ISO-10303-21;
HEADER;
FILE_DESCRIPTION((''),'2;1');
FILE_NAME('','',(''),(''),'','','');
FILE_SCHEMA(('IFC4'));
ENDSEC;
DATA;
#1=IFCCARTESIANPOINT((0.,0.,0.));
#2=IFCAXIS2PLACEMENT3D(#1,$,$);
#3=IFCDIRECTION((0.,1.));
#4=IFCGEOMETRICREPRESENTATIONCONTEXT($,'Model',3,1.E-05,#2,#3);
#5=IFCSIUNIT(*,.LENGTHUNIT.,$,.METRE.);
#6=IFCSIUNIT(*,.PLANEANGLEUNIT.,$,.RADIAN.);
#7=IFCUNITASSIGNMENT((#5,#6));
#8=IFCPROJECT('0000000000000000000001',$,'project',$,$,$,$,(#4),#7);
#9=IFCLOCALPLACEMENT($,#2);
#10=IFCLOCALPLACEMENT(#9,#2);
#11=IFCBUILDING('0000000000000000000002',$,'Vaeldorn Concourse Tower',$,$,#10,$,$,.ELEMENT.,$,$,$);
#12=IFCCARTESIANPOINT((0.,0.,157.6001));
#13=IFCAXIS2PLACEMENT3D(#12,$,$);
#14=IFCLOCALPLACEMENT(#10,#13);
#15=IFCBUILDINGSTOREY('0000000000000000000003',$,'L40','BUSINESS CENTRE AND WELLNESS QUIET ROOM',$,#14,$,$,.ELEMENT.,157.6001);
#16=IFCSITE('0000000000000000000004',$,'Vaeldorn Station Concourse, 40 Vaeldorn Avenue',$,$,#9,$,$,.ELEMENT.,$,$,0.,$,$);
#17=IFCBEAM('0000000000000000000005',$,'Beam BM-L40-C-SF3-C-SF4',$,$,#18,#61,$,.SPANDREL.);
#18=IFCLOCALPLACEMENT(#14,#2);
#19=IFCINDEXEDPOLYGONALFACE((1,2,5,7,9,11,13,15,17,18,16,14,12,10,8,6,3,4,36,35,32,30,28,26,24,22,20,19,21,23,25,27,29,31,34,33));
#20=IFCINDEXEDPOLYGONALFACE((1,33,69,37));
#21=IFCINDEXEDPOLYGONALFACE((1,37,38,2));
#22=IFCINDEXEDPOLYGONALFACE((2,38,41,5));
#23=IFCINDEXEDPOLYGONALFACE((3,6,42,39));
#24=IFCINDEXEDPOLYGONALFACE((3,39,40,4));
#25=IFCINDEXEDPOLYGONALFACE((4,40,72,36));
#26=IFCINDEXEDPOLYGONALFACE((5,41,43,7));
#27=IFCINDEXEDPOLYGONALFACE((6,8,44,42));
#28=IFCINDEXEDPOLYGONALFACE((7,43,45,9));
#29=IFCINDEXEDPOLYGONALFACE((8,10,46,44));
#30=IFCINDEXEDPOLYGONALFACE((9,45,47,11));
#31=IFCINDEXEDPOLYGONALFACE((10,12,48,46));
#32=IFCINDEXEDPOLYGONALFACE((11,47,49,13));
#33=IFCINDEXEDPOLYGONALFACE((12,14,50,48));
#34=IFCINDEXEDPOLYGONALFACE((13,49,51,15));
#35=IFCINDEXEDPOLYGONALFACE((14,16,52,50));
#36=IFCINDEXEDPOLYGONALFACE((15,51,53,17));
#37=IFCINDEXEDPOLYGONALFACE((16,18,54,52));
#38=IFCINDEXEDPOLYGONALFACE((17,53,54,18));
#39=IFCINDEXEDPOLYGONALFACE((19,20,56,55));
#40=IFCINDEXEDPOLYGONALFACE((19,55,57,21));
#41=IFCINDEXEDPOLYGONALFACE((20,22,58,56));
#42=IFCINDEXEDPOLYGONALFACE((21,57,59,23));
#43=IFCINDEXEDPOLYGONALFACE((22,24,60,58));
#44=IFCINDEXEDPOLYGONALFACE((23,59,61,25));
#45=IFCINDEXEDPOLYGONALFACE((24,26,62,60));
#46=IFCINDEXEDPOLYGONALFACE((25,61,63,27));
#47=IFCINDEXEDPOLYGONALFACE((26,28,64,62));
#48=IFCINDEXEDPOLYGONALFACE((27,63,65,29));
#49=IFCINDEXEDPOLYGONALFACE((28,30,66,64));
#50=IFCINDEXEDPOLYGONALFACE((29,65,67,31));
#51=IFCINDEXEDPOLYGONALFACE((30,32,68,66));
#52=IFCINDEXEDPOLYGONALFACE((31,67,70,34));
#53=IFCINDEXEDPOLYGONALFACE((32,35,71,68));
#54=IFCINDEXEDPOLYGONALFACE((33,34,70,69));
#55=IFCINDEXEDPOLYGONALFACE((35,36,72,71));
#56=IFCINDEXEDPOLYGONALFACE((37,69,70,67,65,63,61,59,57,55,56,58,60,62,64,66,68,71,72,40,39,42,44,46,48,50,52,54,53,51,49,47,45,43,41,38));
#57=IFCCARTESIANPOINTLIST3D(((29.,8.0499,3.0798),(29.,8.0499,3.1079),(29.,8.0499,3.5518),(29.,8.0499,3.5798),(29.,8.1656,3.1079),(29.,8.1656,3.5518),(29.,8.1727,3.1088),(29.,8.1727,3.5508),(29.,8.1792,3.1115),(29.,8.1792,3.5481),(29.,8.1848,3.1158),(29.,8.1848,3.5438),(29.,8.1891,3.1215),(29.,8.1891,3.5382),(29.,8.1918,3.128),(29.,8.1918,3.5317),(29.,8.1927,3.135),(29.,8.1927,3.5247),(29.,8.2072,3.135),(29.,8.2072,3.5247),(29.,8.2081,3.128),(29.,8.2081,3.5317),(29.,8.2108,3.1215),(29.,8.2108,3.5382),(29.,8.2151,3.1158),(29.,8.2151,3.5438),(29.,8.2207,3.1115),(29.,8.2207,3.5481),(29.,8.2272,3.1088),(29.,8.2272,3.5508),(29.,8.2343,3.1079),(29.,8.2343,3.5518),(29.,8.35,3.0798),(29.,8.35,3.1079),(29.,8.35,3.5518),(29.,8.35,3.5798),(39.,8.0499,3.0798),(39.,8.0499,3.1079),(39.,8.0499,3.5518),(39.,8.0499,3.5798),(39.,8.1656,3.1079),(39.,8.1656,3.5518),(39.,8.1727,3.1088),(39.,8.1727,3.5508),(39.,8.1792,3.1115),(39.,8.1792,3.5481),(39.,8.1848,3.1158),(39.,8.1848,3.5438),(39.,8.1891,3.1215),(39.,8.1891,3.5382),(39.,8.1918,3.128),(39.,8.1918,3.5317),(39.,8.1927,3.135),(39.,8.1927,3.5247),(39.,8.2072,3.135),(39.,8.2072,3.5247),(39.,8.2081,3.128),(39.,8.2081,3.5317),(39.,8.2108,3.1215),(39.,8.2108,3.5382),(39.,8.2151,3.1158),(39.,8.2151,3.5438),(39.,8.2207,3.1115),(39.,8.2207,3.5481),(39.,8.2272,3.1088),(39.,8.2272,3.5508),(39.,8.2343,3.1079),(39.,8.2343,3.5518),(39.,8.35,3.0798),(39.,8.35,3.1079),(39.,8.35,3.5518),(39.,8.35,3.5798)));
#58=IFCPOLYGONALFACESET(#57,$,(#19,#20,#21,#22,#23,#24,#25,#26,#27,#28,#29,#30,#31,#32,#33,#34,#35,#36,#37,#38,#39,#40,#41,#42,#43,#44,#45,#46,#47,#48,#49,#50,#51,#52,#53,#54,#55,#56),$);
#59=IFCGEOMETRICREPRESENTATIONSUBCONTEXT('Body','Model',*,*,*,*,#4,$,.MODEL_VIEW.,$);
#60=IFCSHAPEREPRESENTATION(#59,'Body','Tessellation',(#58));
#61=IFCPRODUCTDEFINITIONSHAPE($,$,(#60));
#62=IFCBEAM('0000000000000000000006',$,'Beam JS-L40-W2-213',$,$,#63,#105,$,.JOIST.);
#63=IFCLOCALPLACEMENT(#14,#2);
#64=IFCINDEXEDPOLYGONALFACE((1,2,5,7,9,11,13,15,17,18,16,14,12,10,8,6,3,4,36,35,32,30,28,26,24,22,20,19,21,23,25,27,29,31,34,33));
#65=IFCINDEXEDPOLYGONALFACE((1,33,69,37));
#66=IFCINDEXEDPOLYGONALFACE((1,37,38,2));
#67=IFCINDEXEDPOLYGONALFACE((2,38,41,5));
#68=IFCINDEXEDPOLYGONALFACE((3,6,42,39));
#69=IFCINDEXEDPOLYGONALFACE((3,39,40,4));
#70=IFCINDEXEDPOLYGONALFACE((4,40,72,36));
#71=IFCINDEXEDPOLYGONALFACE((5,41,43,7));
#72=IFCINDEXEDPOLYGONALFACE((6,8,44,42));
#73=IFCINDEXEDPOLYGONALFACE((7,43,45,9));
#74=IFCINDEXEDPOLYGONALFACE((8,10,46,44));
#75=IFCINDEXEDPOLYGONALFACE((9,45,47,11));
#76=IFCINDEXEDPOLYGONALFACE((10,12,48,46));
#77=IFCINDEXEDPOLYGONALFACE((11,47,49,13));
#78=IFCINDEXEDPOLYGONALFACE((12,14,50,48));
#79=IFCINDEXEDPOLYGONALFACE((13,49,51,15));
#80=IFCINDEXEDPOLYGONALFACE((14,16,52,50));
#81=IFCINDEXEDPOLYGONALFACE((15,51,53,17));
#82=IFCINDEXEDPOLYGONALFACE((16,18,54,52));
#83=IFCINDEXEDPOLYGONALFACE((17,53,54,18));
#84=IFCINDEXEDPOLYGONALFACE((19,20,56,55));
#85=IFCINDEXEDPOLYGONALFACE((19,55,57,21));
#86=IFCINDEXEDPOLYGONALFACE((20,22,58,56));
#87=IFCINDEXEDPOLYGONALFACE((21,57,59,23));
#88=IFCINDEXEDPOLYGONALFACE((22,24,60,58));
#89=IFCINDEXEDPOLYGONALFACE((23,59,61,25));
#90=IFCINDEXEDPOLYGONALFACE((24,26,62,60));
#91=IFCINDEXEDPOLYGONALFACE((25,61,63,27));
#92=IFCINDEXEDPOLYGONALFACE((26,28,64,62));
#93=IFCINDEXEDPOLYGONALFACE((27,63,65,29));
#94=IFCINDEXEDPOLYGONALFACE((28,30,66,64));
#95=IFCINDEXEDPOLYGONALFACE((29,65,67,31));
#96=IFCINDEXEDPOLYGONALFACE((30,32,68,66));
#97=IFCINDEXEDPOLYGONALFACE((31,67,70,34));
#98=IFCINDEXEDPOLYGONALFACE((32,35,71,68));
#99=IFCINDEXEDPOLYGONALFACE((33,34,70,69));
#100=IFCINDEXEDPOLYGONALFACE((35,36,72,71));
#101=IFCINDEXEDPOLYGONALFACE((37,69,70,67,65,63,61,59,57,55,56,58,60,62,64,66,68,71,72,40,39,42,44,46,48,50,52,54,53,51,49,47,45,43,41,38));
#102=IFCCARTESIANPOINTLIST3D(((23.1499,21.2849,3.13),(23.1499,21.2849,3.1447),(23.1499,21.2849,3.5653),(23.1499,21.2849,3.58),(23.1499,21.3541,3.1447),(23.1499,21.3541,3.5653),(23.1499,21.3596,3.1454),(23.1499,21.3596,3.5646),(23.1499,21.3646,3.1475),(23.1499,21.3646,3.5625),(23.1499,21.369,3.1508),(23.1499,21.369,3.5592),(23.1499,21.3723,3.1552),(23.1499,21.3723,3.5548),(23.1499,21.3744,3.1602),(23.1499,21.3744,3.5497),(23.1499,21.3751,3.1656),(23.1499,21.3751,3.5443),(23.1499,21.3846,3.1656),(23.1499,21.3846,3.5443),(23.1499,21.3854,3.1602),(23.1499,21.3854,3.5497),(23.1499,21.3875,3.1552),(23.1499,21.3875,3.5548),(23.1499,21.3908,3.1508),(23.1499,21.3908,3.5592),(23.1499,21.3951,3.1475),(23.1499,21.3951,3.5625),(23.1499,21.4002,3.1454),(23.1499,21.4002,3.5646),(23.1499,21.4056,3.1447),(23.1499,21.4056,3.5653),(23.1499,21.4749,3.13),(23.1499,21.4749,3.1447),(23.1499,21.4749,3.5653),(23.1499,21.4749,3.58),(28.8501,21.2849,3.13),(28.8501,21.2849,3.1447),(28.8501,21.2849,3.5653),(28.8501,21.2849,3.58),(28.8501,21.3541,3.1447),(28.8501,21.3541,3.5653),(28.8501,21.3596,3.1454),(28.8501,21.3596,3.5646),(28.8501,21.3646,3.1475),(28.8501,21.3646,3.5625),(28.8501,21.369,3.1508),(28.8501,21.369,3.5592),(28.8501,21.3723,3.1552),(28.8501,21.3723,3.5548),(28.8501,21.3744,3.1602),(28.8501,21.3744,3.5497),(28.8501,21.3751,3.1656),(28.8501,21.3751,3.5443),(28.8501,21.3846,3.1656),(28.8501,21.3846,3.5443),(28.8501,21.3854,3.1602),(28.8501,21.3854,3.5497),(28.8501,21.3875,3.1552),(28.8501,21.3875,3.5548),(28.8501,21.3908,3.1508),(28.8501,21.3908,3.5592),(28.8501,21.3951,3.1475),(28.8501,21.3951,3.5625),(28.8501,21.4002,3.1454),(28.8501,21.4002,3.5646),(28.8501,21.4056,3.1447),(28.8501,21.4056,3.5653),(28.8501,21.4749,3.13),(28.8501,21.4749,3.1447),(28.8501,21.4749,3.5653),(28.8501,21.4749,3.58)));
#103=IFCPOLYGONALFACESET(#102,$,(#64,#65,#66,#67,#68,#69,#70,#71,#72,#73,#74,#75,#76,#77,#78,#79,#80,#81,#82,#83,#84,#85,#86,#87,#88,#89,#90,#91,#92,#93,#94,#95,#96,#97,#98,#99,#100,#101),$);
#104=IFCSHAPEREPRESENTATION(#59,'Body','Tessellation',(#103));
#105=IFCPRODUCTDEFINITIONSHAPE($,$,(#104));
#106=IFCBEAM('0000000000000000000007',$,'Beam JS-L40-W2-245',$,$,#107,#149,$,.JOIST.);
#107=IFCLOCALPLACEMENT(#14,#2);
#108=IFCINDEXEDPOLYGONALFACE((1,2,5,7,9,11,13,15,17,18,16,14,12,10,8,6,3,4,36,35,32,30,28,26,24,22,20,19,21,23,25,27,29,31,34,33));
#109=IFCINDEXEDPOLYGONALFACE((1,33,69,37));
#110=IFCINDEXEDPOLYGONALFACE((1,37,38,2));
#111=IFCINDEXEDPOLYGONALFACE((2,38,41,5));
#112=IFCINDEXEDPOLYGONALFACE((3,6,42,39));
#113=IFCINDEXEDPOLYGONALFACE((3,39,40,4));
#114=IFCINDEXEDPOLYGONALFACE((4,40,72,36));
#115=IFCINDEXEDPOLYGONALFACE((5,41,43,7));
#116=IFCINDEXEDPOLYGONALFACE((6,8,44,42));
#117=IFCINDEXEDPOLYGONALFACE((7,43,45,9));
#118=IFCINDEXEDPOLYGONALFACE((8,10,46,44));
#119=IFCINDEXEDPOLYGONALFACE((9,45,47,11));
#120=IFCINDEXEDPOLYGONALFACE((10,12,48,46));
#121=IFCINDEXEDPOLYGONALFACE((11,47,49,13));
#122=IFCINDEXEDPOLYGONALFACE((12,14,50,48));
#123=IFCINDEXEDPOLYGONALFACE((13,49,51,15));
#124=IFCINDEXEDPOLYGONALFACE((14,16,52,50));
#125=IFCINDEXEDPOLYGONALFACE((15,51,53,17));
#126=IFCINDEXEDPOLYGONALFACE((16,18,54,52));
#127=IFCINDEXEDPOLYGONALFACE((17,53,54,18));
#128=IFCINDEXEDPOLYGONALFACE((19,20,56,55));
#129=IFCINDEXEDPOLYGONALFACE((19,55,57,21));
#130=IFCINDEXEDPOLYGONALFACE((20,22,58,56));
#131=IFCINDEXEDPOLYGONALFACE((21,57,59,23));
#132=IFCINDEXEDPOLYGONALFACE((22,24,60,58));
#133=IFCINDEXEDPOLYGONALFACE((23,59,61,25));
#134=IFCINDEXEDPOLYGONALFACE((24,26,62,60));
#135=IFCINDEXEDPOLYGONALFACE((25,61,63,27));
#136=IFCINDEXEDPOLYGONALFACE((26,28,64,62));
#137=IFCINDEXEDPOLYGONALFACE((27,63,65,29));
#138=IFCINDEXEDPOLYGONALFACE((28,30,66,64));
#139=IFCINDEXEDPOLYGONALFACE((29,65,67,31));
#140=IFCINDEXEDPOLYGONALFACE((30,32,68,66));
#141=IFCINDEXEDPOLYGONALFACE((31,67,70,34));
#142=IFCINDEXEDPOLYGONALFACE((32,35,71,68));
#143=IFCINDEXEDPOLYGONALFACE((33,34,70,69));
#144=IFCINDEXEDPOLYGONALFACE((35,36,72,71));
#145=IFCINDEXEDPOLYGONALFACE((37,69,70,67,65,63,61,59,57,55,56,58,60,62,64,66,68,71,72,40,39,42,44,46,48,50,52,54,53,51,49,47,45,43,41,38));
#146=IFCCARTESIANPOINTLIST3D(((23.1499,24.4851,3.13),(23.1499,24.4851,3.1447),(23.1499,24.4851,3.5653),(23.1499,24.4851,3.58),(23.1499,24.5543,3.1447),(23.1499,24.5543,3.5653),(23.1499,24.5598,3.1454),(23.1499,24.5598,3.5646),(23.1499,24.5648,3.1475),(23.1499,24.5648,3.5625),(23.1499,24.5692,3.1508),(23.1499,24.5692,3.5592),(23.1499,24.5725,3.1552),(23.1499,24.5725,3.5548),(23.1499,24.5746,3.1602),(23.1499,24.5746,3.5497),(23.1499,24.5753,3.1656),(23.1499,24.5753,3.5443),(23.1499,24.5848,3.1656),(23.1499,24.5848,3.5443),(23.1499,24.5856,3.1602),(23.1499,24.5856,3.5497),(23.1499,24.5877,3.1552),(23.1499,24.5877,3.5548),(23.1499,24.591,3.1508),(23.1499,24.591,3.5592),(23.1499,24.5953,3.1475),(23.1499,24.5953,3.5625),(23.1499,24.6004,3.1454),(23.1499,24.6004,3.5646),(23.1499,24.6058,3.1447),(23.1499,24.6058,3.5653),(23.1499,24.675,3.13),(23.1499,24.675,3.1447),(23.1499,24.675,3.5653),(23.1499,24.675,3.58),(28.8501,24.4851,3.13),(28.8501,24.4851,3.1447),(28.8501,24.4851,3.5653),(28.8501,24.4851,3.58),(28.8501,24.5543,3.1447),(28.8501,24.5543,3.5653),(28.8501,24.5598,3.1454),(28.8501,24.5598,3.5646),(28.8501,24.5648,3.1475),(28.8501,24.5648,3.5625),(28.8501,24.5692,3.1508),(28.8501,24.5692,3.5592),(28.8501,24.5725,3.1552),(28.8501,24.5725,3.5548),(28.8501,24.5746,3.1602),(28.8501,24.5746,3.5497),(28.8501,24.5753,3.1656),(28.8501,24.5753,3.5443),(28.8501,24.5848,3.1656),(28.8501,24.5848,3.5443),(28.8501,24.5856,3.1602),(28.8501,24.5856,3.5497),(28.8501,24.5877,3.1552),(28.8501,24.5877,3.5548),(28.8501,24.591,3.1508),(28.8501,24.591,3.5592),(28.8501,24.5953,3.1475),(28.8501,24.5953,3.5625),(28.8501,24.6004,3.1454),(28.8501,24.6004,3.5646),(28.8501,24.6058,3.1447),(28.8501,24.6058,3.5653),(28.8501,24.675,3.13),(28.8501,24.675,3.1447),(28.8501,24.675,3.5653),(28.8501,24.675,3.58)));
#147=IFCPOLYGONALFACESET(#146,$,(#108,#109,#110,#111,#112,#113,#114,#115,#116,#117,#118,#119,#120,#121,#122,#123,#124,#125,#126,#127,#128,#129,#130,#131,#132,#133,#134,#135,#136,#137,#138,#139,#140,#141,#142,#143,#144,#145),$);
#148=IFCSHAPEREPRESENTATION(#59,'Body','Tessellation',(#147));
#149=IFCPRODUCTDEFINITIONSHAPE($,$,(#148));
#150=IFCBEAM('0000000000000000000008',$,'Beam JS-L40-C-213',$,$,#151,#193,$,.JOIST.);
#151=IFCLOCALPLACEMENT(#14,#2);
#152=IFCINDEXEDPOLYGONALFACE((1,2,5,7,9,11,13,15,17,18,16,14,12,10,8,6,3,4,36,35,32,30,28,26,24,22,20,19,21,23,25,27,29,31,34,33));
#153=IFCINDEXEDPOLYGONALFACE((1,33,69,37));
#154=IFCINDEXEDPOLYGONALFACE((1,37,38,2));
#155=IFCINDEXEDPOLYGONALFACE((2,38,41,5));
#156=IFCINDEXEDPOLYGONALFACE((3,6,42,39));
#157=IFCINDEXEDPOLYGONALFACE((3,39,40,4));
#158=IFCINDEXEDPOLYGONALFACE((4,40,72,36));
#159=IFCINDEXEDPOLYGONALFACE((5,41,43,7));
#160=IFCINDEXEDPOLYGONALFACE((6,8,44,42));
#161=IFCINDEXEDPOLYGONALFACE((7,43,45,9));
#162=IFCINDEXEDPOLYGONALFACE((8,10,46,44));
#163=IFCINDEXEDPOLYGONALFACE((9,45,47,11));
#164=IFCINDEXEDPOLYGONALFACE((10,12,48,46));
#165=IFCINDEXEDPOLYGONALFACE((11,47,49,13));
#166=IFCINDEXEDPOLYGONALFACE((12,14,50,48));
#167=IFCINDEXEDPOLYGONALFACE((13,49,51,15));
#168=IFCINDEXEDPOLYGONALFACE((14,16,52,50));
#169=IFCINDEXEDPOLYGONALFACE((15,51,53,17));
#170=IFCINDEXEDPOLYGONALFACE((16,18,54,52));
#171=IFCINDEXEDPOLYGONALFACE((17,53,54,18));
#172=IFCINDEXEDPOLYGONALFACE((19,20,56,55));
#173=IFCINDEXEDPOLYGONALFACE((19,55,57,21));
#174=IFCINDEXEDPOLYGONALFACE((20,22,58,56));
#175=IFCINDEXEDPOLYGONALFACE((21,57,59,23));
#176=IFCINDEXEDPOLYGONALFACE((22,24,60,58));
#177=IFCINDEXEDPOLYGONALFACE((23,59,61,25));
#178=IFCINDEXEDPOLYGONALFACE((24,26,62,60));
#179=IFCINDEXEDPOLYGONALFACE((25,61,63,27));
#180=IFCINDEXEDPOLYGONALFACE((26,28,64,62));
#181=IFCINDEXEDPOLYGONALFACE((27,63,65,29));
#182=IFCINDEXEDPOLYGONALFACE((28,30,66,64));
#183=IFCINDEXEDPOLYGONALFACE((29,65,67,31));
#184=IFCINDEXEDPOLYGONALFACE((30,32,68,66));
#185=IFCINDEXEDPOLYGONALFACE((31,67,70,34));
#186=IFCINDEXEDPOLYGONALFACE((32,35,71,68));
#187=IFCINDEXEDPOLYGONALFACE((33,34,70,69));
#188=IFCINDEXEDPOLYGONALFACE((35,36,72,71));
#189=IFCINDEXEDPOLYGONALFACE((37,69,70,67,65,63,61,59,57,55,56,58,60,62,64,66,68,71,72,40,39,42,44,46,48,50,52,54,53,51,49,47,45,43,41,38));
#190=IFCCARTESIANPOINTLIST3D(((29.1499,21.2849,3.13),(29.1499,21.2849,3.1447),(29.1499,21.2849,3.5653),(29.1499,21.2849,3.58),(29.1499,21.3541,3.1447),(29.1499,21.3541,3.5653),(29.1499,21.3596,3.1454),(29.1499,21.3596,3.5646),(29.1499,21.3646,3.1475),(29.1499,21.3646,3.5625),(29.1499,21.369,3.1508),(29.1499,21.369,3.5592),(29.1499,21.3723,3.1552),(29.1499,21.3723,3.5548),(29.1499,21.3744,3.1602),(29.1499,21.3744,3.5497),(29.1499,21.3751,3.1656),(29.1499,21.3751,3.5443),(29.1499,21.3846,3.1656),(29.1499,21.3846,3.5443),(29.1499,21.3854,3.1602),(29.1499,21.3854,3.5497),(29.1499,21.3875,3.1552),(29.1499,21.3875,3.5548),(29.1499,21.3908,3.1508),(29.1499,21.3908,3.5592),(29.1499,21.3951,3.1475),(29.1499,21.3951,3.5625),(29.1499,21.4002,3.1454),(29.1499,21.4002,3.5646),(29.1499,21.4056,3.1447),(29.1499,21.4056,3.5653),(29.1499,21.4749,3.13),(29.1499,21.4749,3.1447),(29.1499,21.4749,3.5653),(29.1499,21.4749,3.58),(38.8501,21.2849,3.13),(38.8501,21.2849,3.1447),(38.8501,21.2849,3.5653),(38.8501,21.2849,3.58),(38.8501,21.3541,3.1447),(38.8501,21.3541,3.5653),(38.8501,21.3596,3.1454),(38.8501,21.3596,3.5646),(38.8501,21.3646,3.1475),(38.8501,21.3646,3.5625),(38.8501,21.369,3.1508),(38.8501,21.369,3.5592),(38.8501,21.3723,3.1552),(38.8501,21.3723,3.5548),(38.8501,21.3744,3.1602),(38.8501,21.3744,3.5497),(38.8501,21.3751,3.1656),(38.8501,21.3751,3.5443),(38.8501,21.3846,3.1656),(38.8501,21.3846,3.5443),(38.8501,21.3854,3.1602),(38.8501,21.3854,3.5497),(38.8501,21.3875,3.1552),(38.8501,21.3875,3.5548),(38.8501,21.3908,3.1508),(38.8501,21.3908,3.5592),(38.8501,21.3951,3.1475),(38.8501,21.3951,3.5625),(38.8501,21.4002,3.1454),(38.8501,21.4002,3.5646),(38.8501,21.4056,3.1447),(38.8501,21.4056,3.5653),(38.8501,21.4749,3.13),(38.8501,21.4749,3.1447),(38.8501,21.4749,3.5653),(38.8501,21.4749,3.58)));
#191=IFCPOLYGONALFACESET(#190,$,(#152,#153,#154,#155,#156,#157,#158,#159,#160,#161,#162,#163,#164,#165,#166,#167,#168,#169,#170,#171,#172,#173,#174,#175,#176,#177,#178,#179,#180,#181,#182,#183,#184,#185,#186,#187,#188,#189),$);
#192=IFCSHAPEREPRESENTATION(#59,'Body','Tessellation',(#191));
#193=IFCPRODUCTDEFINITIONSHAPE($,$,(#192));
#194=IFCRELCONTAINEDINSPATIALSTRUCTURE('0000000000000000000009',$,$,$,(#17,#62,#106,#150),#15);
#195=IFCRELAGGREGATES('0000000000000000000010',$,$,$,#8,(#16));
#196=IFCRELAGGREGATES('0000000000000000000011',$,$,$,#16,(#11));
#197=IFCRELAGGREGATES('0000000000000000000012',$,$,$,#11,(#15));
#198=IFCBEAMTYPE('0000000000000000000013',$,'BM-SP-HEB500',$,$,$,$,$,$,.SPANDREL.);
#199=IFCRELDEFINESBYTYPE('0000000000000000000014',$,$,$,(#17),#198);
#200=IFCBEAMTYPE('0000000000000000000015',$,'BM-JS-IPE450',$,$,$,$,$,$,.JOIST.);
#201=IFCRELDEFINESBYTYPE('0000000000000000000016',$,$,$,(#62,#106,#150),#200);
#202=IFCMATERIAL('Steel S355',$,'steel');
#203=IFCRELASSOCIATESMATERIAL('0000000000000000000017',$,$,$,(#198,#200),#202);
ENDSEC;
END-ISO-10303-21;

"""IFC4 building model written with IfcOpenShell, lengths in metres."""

from ifc_helpers import new_model, si_unit, direction, frame, origin, origin_2d, place, context, subcontext, project, spatial, i_section, extrude, source, transform, mapped, material, material_profile, profile_set, type_object, element, save


model = new_model("IFC4")

# Units and contexts
model_context = context("Model", 3, precision=1e-05, world=origin(), true_north=direction((0.0, 1.0)))
body_context = subcontext(model_context, "Body", "Model", "MODEL_VIEW")
ifc_project = project(units=[si_unit("LENGTHUNIT", "METRE"), si_unit("PLANEANGLEUNIT", "RADIAN")], contexts=[model_context])

# Site, building, storey
site_placement = place(None, origin())
site = spatial("IfcSite", under=ifc_project, at=site_placement, Name="Vaeldorn Station Concourse, 40 Vaeldorn Avenue", CompositionType="ELEMENT", RefElevation=0.0)
building_placement = place(site_placement, origin())
building = spatial("IfcBuilding", under=site, at=building_placement, Name="Vaeldorn Concourse Tower", CompositionType="ELEMENT")
storey_placement = place(building_placement, frame((0.0, 0.0, 157.6001)))
storey = spatial("IfcBuildingStorey", under=building, at=storey_placement, Name="L40", Description="BUSINESS CENTRE AND WELLNESS QUIET ROOM", CompositionType="ELEMENT", Elevation=157.6001)

# Beams
ifc_material_1 = material(Name="Steel S355", Category="steel")
ifc_material_profile_1 = material_profile(ifc_material_1, i_section(OverallWidth=0.3, OverallDepth=0.5, WebThickness=0.0144, FlangeThickness=0.0281, FilletRadius=0.0271, at=origin_2d()), Name="HEB 500")
ifc_profile_set_1 = profile_set([ifc_material_profile_1], Name="Steel S355")
beam_type_1 = type_object("IfcBeamType", Name="BM-SP-HEB500", PredefinedType="SPANDREL", material=ifc_profile_set_1)
shared_shape_1 = source(origin(), body_context, "Body", "SweptSolid", [
    extrude(i_section(OverallWidth=0.3, OverallDepth=0.5, WebThickness=0.0144, FlangeThickness=0.0281, FilletRadius=0.0271, at=origin_2d()), origin(), (0.0, 0.0, 1.0), 10.0),
])
beam_1_placement = place(storey_placement, frame((29.0, 8.2, 3.3298), z_axis=(1.0, 0.0, 0.0), x_axis=(0.0, 1.0, 0.0)))
element("IfcBeam", 1, at=beam_1_placement, inside=storey, type_object=beam_type_1, Name="Beam BM-L40-C-SF3-C-SF4", PredefinedType="SPANDREL", context=body_context, shape_type="MappedRepresentation", body=[
    mapped(shared_shape_1, transform((0.0, 0.0, 0.0), scale=1.0)),
])
ifc_material_profile_2 = material_profile(ifc_material_1, i_section(OverallWidth=0.1899, OverallDepth=0.45, WebThickness=0.0095, FlangeThickness=0.0146, FilletRadius=0.021, at=origin_2d()), Name="IPE 450")
ifc_profile_set_2 = profile_set([ifc_material_profile_2], Name="Steel S355")
beam_type_2 = type_object("IfcBeamType", Name="BM-JS-IPE450", PredefinedType="JOIST", material=ifc_profile_set_2)
shared_shape_2 = source(origin(), body_context, "Body", "SweptSolid", [
    extrude(i_section(OverallWidth=0.1899, OverallDepth=0.45, WebThickness=0.0095, FlangeThickness=0.0146, FilletRadius=0.021, at=origin_2d()), origin(), (0.0, 0.0, 1.0), 5.7002),
])
for number, where, z_axis, x_axis, name in (
    (2, (23.1499, 21.3799, 3.355), (1.0, 0.0, 0.0), (0.0, 1.0, 0.0), "Beam JS-L40-W2-213"),
    (3, (23.1499, 24.5801, 3.355), (1.0, 0.0, 0.0), (0.0, 1.0, 0.0), "Beam JS-L40-W2-245"),
):
    element("IfcBeam", number, at=place(storey_placement, frame(where, z_axis=z_axis, x_axis=x_axis)), inside=storey, type_object=beam_type_2, Name=name, PredefinedType="JOIST", context=body_context, shape_type="MappedRepresentation", body=[
        mapped(shared_shape_2, transform((0.0, 0.0, 0.0), scale=1.0)),
    ])
shared_shape_3 = source(origin(), body_context, "Body", "SweptSolid", [
    extrude(i_section(OverallWidth=0.1899, OverallDepth=0.45, WebThickness=0.0095, FlangeThickness=0.0146, FilletRadius=0.021, at=origin_2d()), origin(), (0.0, 0.0, 1.0), 9.7002),
])
for number, where, z_axis, x_axis, name in (
    (4, (29.1499, 21.3799, 3.355), (1.0, 0.0, 0.0), (0.0, 1.0, 0.0), "Beam JS-L40-C-213"),
):
    element("IfcBeam", number, at=place(storey_placement, frame(where, z_axis=z_axis, x_axis=x_axis)), inside=storey, type_object=beam_type_2, Name=name, PredefinedType="JOIST", context=body_context, shape_type="MappedRepresentation", body=[
        mapped(shared_shape_3, transform((0.0, 0.0, 0.0), scale=1.0)),
    ])

save(model, "model.ifc")
